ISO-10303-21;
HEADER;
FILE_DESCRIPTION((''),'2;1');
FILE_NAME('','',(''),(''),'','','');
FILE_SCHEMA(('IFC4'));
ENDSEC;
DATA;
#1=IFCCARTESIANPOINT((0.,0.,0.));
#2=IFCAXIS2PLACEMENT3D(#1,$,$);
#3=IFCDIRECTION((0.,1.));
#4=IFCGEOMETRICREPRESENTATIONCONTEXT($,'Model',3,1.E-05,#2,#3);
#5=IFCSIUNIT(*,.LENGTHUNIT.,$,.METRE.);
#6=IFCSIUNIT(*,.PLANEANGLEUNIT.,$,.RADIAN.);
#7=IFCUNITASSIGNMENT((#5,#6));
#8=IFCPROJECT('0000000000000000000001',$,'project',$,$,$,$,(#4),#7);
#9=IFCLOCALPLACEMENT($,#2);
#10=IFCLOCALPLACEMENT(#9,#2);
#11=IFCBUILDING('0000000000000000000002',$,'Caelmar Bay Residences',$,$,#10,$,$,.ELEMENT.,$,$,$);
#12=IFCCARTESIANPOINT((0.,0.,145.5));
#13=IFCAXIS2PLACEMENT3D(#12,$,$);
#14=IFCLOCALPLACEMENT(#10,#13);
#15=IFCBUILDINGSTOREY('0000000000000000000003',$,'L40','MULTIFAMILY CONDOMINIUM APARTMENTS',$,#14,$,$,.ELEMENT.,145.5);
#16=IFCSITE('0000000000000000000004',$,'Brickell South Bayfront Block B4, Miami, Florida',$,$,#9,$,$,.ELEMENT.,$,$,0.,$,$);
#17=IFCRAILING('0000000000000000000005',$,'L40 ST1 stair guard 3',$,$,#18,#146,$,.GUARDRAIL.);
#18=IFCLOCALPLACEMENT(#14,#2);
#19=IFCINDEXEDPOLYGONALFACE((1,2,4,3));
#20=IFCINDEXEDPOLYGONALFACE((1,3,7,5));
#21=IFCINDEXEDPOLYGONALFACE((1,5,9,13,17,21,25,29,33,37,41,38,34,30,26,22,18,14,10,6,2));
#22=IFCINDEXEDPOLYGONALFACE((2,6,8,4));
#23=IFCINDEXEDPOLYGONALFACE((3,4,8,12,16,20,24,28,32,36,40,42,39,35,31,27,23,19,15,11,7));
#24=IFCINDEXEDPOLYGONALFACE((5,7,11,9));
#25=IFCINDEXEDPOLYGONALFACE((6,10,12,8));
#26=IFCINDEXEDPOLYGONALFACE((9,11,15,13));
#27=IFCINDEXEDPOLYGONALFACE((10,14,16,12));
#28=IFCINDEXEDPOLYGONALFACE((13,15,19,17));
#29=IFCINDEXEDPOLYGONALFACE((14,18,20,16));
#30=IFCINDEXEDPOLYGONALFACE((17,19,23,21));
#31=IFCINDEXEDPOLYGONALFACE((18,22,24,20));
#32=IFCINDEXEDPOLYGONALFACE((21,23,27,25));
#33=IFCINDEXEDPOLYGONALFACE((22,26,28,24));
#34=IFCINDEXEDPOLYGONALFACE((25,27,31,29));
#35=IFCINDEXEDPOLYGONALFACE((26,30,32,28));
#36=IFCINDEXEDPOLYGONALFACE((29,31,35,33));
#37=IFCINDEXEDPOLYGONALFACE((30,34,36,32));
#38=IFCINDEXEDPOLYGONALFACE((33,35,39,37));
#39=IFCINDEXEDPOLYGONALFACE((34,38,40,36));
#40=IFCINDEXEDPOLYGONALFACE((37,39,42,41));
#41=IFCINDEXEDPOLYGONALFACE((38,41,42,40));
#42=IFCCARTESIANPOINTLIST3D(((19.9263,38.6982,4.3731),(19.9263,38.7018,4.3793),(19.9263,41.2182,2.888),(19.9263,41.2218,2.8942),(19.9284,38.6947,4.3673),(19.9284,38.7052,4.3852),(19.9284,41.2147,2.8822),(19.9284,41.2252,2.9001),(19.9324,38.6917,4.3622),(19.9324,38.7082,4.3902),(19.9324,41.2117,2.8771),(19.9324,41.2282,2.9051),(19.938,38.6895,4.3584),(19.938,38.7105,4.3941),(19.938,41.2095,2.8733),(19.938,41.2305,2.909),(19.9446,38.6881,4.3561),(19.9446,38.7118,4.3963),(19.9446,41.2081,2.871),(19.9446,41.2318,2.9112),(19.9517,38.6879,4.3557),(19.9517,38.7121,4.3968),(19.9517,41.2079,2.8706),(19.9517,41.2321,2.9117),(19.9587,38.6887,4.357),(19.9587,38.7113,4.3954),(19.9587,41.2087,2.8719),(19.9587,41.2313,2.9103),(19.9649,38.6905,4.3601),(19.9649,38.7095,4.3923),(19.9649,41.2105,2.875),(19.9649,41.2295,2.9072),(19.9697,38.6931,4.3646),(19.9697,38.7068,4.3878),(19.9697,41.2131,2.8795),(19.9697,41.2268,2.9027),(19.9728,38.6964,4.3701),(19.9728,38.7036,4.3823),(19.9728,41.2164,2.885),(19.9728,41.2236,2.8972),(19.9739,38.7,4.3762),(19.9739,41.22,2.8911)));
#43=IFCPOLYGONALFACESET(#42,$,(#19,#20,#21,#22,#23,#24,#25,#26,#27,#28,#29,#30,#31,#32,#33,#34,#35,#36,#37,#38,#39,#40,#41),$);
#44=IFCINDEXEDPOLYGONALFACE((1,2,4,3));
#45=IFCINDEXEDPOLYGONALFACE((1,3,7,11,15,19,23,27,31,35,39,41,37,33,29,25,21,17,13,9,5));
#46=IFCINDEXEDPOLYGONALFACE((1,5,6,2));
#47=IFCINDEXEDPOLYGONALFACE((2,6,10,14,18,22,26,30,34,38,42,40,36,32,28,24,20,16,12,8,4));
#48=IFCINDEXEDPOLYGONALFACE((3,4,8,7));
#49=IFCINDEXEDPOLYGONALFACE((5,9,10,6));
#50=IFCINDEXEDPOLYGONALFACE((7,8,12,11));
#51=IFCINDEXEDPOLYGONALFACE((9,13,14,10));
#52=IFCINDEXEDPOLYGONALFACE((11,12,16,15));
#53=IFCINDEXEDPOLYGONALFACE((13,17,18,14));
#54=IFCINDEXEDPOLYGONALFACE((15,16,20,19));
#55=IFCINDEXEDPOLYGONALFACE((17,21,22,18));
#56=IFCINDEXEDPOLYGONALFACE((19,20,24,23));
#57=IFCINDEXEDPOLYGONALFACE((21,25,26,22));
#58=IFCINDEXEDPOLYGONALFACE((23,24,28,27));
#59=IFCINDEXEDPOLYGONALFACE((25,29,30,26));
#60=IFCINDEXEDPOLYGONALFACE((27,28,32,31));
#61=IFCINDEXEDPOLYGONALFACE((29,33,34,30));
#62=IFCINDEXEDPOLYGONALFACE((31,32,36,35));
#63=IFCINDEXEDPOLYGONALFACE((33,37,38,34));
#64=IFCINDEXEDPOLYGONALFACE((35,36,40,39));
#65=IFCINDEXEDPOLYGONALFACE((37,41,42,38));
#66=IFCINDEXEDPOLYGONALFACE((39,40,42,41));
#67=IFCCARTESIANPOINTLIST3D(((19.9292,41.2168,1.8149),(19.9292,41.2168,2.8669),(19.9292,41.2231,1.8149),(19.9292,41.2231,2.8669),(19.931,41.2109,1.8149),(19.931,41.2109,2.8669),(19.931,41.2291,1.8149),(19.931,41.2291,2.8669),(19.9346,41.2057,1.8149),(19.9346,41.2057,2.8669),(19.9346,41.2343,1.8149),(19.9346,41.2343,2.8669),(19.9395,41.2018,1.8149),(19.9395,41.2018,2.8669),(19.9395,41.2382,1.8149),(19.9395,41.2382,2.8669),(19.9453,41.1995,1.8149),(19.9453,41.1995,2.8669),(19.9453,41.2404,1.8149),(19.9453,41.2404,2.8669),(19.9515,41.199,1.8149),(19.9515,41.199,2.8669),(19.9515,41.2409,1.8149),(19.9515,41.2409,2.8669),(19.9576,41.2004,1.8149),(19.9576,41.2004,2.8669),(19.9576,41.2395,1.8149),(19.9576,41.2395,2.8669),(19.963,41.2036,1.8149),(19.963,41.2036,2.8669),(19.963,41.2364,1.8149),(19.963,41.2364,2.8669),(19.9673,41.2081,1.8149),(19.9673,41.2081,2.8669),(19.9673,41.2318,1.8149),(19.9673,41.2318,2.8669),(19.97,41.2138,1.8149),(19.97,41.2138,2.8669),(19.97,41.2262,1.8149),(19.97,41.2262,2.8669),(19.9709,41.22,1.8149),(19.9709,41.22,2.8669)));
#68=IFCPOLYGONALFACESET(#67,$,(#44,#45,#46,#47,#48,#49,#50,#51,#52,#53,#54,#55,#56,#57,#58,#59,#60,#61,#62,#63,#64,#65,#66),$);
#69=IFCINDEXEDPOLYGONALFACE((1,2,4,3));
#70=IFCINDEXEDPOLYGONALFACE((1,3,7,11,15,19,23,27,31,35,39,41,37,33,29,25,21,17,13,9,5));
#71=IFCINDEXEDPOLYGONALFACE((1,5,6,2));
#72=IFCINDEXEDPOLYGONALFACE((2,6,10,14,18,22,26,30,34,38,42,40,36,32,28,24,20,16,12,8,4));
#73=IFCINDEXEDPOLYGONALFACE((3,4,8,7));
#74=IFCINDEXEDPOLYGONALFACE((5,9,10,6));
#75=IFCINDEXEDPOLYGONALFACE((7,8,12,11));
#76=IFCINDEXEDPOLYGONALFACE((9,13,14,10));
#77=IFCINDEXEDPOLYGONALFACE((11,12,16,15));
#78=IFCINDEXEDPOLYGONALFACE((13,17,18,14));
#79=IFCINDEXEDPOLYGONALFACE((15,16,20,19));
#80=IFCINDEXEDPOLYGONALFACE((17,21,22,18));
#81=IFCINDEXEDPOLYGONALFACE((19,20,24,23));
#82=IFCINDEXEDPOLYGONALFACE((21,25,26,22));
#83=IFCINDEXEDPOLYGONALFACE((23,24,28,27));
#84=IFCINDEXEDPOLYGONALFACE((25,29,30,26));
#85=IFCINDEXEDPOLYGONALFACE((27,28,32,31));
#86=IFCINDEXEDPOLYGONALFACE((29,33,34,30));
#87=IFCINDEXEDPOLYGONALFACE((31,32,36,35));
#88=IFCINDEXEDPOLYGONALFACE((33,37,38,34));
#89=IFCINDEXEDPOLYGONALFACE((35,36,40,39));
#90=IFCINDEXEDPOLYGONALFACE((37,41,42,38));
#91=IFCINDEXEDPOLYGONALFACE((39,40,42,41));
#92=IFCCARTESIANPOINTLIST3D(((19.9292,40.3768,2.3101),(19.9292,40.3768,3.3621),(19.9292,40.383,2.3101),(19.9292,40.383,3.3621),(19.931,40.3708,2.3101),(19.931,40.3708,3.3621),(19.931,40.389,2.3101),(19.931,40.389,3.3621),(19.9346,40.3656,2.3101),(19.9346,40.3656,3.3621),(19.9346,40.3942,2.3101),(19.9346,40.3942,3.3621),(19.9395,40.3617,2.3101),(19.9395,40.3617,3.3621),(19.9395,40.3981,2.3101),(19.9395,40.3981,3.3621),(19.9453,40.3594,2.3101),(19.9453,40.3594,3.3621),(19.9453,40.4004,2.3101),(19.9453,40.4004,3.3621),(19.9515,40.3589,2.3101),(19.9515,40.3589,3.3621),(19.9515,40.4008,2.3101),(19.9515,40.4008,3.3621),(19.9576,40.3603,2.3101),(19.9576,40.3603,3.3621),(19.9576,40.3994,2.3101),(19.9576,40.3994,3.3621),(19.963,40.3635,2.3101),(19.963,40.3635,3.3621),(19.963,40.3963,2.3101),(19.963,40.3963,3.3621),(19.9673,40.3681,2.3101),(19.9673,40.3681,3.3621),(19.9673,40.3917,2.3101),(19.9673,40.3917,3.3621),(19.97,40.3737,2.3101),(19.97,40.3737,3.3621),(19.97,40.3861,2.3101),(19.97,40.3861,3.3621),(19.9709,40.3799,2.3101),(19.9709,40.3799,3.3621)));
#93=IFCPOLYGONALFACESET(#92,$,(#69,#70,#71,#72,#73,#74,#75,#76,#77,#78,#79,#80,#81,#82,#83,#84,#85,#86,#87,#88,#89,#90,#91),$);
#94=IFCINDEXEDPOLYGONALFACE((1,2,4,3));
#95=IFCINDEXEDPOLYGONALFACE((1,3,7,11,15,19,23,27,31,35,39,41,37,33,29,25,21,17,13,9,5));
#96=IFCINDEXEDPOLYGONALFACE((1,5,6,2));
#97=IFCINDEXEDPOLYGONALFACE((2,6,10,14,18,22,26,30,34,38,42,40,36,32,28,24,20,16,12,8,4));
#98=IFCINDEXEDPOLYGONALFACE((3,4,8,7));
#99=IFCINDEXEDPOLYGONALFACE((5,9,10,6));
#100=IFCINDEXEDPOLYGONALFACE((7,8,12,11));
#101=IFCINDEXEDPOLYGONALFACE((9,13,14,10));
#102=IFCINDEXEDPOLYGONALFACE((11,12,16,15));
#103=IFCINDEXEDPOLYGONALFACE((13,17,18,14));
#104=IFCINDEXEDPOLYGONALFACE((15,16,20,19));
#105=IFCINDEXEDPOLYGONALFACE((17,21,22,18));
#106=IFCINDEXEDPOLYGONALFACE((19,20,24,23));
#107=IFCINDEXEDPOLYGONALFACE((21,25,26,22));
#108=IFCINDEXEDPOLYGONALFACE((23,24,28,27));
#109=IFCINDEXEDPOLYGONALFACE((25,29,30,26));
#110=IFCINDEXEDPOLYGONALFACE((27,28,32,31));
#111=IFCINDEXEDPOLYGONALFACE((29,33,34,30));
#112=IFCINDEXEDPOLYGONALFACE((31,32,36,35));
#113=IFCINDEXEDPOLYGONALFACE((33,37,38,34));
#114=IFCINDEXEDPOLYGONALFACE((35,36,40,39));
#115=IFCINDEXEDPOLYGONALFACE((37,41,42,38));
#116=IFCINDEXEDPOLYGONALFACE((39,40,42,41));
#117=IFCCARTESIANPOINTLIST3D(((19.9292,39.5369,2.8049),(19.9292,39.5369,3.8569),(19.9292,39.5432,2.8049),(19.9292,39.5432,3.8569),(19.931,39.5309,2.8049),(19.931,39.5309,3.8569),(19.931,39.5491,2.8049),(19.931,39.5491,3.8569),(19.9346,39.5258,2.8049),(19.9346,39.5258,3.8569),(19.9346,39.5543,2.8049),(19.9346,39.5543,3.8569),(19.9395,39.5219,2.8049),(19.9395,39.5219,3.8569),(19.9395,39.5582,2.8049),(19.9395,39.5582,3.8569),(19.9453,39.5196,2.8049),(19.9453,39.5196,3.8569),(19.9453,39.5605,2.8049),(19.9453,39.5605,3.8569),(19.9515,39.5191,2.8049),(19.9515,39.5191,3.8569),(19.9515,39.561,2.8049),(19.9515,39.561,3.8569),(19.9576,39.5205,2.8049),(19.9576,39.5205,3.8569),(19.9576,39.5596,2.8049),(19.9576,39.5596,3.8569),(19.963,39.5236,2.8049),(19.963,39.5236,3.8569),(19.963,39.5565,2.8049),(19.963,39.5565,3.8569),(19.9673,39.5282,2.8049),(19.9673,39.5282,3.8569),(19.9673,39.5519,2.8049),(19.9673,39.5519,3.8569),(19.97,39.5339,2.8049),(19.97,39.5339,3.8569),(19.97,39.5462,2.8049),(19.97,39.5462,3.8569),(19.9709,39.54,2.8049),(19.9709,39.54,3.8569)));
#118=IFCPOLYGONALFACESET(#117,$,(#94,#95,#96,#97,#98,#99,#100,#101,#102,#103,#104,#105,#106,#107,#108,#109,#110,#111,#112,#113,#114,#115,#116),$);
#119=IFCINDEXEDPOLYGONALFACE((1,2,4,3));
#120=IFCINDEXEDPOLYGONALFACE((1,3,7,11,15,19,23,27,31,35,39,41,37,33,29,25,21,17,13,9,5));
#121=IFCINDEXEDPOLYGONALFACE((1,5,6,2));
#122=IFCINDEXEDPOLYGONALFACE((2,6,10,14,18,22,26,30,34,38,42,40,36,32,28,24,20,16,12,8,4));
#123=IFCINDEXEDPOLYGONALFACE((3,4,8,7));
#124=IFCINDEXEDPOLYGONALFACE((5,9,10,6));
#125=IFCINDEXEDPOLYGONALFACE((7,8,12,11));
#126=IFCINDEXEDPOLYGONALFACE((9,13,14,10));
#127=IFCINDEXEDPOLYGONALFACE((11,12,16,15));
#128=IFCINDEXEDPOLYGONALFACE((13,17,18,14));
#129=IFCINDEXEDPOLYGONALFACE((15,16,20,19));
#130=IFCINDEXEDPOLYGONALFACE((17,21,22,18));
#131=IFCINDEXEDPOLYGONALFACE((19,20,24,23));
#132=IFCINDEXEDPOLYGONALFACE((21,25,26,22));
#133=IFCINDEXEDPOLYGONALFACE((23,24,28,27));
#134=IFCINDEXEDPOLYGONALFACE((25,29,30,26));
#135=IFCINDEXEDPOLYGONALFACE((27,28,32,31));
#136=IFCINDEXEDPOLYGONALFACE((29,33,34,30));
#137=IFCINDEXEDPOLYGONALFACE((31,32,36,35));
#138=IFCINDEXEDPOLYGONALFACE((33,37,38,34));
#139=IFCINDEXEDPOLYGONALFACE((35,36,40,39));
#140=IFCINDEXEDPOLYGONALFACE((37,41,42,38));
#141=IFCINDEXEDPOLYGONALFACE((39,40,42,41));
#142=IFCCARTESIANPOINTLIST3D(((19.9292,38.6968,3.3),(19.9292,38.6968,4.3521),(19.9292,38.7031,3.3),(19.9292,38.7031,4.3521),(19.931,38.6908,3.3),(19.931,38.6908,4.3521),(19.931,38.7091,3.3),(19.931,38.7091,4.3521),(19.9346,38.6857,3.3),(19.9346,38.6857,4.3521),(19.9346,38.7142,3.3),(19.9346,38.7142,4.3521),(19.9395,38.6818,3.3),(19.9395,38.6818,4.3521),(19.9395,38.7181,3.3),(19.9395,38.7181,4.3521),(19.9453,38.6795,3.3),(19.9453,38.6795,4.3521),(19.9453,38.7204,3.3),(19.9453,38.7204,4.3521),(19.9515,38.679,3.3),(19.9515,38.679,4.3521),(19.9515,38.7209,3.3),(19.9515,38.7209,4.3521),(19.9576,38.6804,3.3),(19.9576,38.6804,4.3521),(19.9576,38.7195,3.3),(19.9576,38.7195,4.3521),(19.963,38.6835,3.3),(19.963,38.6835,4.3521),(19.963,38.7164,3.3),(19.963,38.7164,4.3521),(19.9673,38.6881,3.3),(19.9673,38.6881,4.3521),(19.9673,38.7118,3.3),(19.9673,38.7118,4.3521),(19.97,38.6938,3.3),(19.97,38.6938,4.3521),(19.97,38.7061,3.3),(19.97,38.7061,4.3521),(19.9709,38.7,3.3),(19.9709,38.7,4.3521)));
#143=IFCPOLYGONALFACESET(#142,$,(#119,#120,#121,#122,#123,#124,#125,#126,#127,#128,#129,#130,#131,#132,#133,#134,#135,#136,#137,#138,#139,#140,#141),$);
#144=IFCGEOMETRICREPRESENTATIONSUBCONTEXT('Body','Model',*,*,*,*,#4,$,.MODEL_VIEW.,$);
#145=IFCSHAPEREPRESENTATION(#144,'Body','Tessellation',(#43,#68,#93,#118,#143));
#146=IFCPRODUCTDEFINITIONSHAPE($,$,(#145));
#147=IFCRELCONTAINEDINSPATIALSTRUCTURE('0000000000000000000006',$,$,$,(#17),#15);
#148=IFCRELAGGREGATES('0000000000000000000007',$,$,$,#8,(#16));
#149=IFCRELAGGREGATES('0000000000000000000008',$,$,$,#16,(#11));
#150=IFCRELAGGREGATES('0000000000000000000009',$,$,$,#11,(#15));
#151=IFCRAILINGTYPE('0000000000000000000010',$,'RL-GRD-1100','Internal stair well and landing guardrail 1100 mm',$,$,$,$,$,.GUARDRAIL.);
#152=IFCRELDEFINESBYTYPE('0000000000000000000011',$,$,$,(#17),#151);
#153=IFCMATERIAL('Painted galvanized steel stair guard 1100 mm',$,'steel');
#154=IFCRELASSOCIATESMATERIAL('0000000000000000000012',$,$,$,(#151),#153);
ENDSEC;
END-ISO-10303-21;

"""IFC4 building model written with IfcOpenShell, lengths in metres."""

from ifc_helpers import new_model, si_unit, direction, frame, origin, origin_2d, place, context, subcontext, project, spatial, circle, extrude, material, type_object, element, save


model = new_model("IFC4")

# Units and contexts
model_context = context("Model", 3, precision=1e-05, world=origin(), true_north=direction((0.0, 1.0)))
body_context = subcontext(model_context, "Body", "Model", "MODEL_VIEW")
ifc_project = project(units=[si_unit("LENGTHUNIT", "METRE"), si_unit("PLANEANGLEUNIT", "RADIAN")], contexts=[model_context])

# Site, building, storey
site_placement = place(None, origin())
site = spatial("IfcSite", under=ifc_project, at=site_placement, Name="Brickell South Bayfront Block B4, Miami, Florida", CompositionType="ELEMENT", RefElevation=0.0)
building_placement = place(site_placement, origin())
building = spatial("IfcBuilding", under=site, at=building_placement, Name="Caelmar Bay Residences", CompositionType="ELEMENT")
storey_placement = place(building_placement, frame((0.0, 0.0, 145.5)))
storey = spatial("IfcBuildingStorey", under=building, at=storey_placement, Name="L40", Description="MULTIFAMILY CONDOMINIUM APARTMENTS", CompositionType="ELEMENT", Elevation=145.5)

# Railing
ifc_material_1 = material(Name="Painted galvanized steel stair guard 1100 mm", Category="steel")
railing_type_1 = type_object("IfcRailingType", Name="RL-GRD-1100", Description="Internal stair well and landing guardrail 1100 mm", PredefinedType="GUARDRAIL", material=ifc_material_1)
railing_1_placement = place(storey_placement, frame((19.95, 41.22, 1.8149)))
element("IfcRailing", 1, at=railing_1_placement, inside=storey, type_object=railing_type_1, Name="L40 ST1 stair guard 3", PredefinedType="GUARDRAIL", context=body_context, shape_type="SweptSolid", body=[
    extrude(circle(Radius=0.0239, at=origin_2d()), frame((0.0, 0.0, 1.0762), z_axis=(0.0, -0.861524, 0.507717), x_axis=(1.0, 0.0, 0.0)), (0.0, 0.0, 1.0), 2.925),
    extrude(circle(Radius=0.021, at=origin_2d()), origin(), (0.0, 0.0, 1.0), 1.052),
    extrude(circle(Radius=0.021, at=origin_2d()), frame((0.0, -0.8401, 0.4951)), (0.0, 0.0, 1.0), 1.052),
    extrude(circle(Radius=0.021, at=origin_2d()), frame((0.0, -1.6799, 0.99)), (0.0, 0.0, 1.0), 1.052),
    extrude(circle(Radius=0.021, at=origin_2d()), frame((0.0, -2.52, 1.4851)), (0.0, 0.0, 1.0), 1.052),
])

save(model, "model.ifc")
